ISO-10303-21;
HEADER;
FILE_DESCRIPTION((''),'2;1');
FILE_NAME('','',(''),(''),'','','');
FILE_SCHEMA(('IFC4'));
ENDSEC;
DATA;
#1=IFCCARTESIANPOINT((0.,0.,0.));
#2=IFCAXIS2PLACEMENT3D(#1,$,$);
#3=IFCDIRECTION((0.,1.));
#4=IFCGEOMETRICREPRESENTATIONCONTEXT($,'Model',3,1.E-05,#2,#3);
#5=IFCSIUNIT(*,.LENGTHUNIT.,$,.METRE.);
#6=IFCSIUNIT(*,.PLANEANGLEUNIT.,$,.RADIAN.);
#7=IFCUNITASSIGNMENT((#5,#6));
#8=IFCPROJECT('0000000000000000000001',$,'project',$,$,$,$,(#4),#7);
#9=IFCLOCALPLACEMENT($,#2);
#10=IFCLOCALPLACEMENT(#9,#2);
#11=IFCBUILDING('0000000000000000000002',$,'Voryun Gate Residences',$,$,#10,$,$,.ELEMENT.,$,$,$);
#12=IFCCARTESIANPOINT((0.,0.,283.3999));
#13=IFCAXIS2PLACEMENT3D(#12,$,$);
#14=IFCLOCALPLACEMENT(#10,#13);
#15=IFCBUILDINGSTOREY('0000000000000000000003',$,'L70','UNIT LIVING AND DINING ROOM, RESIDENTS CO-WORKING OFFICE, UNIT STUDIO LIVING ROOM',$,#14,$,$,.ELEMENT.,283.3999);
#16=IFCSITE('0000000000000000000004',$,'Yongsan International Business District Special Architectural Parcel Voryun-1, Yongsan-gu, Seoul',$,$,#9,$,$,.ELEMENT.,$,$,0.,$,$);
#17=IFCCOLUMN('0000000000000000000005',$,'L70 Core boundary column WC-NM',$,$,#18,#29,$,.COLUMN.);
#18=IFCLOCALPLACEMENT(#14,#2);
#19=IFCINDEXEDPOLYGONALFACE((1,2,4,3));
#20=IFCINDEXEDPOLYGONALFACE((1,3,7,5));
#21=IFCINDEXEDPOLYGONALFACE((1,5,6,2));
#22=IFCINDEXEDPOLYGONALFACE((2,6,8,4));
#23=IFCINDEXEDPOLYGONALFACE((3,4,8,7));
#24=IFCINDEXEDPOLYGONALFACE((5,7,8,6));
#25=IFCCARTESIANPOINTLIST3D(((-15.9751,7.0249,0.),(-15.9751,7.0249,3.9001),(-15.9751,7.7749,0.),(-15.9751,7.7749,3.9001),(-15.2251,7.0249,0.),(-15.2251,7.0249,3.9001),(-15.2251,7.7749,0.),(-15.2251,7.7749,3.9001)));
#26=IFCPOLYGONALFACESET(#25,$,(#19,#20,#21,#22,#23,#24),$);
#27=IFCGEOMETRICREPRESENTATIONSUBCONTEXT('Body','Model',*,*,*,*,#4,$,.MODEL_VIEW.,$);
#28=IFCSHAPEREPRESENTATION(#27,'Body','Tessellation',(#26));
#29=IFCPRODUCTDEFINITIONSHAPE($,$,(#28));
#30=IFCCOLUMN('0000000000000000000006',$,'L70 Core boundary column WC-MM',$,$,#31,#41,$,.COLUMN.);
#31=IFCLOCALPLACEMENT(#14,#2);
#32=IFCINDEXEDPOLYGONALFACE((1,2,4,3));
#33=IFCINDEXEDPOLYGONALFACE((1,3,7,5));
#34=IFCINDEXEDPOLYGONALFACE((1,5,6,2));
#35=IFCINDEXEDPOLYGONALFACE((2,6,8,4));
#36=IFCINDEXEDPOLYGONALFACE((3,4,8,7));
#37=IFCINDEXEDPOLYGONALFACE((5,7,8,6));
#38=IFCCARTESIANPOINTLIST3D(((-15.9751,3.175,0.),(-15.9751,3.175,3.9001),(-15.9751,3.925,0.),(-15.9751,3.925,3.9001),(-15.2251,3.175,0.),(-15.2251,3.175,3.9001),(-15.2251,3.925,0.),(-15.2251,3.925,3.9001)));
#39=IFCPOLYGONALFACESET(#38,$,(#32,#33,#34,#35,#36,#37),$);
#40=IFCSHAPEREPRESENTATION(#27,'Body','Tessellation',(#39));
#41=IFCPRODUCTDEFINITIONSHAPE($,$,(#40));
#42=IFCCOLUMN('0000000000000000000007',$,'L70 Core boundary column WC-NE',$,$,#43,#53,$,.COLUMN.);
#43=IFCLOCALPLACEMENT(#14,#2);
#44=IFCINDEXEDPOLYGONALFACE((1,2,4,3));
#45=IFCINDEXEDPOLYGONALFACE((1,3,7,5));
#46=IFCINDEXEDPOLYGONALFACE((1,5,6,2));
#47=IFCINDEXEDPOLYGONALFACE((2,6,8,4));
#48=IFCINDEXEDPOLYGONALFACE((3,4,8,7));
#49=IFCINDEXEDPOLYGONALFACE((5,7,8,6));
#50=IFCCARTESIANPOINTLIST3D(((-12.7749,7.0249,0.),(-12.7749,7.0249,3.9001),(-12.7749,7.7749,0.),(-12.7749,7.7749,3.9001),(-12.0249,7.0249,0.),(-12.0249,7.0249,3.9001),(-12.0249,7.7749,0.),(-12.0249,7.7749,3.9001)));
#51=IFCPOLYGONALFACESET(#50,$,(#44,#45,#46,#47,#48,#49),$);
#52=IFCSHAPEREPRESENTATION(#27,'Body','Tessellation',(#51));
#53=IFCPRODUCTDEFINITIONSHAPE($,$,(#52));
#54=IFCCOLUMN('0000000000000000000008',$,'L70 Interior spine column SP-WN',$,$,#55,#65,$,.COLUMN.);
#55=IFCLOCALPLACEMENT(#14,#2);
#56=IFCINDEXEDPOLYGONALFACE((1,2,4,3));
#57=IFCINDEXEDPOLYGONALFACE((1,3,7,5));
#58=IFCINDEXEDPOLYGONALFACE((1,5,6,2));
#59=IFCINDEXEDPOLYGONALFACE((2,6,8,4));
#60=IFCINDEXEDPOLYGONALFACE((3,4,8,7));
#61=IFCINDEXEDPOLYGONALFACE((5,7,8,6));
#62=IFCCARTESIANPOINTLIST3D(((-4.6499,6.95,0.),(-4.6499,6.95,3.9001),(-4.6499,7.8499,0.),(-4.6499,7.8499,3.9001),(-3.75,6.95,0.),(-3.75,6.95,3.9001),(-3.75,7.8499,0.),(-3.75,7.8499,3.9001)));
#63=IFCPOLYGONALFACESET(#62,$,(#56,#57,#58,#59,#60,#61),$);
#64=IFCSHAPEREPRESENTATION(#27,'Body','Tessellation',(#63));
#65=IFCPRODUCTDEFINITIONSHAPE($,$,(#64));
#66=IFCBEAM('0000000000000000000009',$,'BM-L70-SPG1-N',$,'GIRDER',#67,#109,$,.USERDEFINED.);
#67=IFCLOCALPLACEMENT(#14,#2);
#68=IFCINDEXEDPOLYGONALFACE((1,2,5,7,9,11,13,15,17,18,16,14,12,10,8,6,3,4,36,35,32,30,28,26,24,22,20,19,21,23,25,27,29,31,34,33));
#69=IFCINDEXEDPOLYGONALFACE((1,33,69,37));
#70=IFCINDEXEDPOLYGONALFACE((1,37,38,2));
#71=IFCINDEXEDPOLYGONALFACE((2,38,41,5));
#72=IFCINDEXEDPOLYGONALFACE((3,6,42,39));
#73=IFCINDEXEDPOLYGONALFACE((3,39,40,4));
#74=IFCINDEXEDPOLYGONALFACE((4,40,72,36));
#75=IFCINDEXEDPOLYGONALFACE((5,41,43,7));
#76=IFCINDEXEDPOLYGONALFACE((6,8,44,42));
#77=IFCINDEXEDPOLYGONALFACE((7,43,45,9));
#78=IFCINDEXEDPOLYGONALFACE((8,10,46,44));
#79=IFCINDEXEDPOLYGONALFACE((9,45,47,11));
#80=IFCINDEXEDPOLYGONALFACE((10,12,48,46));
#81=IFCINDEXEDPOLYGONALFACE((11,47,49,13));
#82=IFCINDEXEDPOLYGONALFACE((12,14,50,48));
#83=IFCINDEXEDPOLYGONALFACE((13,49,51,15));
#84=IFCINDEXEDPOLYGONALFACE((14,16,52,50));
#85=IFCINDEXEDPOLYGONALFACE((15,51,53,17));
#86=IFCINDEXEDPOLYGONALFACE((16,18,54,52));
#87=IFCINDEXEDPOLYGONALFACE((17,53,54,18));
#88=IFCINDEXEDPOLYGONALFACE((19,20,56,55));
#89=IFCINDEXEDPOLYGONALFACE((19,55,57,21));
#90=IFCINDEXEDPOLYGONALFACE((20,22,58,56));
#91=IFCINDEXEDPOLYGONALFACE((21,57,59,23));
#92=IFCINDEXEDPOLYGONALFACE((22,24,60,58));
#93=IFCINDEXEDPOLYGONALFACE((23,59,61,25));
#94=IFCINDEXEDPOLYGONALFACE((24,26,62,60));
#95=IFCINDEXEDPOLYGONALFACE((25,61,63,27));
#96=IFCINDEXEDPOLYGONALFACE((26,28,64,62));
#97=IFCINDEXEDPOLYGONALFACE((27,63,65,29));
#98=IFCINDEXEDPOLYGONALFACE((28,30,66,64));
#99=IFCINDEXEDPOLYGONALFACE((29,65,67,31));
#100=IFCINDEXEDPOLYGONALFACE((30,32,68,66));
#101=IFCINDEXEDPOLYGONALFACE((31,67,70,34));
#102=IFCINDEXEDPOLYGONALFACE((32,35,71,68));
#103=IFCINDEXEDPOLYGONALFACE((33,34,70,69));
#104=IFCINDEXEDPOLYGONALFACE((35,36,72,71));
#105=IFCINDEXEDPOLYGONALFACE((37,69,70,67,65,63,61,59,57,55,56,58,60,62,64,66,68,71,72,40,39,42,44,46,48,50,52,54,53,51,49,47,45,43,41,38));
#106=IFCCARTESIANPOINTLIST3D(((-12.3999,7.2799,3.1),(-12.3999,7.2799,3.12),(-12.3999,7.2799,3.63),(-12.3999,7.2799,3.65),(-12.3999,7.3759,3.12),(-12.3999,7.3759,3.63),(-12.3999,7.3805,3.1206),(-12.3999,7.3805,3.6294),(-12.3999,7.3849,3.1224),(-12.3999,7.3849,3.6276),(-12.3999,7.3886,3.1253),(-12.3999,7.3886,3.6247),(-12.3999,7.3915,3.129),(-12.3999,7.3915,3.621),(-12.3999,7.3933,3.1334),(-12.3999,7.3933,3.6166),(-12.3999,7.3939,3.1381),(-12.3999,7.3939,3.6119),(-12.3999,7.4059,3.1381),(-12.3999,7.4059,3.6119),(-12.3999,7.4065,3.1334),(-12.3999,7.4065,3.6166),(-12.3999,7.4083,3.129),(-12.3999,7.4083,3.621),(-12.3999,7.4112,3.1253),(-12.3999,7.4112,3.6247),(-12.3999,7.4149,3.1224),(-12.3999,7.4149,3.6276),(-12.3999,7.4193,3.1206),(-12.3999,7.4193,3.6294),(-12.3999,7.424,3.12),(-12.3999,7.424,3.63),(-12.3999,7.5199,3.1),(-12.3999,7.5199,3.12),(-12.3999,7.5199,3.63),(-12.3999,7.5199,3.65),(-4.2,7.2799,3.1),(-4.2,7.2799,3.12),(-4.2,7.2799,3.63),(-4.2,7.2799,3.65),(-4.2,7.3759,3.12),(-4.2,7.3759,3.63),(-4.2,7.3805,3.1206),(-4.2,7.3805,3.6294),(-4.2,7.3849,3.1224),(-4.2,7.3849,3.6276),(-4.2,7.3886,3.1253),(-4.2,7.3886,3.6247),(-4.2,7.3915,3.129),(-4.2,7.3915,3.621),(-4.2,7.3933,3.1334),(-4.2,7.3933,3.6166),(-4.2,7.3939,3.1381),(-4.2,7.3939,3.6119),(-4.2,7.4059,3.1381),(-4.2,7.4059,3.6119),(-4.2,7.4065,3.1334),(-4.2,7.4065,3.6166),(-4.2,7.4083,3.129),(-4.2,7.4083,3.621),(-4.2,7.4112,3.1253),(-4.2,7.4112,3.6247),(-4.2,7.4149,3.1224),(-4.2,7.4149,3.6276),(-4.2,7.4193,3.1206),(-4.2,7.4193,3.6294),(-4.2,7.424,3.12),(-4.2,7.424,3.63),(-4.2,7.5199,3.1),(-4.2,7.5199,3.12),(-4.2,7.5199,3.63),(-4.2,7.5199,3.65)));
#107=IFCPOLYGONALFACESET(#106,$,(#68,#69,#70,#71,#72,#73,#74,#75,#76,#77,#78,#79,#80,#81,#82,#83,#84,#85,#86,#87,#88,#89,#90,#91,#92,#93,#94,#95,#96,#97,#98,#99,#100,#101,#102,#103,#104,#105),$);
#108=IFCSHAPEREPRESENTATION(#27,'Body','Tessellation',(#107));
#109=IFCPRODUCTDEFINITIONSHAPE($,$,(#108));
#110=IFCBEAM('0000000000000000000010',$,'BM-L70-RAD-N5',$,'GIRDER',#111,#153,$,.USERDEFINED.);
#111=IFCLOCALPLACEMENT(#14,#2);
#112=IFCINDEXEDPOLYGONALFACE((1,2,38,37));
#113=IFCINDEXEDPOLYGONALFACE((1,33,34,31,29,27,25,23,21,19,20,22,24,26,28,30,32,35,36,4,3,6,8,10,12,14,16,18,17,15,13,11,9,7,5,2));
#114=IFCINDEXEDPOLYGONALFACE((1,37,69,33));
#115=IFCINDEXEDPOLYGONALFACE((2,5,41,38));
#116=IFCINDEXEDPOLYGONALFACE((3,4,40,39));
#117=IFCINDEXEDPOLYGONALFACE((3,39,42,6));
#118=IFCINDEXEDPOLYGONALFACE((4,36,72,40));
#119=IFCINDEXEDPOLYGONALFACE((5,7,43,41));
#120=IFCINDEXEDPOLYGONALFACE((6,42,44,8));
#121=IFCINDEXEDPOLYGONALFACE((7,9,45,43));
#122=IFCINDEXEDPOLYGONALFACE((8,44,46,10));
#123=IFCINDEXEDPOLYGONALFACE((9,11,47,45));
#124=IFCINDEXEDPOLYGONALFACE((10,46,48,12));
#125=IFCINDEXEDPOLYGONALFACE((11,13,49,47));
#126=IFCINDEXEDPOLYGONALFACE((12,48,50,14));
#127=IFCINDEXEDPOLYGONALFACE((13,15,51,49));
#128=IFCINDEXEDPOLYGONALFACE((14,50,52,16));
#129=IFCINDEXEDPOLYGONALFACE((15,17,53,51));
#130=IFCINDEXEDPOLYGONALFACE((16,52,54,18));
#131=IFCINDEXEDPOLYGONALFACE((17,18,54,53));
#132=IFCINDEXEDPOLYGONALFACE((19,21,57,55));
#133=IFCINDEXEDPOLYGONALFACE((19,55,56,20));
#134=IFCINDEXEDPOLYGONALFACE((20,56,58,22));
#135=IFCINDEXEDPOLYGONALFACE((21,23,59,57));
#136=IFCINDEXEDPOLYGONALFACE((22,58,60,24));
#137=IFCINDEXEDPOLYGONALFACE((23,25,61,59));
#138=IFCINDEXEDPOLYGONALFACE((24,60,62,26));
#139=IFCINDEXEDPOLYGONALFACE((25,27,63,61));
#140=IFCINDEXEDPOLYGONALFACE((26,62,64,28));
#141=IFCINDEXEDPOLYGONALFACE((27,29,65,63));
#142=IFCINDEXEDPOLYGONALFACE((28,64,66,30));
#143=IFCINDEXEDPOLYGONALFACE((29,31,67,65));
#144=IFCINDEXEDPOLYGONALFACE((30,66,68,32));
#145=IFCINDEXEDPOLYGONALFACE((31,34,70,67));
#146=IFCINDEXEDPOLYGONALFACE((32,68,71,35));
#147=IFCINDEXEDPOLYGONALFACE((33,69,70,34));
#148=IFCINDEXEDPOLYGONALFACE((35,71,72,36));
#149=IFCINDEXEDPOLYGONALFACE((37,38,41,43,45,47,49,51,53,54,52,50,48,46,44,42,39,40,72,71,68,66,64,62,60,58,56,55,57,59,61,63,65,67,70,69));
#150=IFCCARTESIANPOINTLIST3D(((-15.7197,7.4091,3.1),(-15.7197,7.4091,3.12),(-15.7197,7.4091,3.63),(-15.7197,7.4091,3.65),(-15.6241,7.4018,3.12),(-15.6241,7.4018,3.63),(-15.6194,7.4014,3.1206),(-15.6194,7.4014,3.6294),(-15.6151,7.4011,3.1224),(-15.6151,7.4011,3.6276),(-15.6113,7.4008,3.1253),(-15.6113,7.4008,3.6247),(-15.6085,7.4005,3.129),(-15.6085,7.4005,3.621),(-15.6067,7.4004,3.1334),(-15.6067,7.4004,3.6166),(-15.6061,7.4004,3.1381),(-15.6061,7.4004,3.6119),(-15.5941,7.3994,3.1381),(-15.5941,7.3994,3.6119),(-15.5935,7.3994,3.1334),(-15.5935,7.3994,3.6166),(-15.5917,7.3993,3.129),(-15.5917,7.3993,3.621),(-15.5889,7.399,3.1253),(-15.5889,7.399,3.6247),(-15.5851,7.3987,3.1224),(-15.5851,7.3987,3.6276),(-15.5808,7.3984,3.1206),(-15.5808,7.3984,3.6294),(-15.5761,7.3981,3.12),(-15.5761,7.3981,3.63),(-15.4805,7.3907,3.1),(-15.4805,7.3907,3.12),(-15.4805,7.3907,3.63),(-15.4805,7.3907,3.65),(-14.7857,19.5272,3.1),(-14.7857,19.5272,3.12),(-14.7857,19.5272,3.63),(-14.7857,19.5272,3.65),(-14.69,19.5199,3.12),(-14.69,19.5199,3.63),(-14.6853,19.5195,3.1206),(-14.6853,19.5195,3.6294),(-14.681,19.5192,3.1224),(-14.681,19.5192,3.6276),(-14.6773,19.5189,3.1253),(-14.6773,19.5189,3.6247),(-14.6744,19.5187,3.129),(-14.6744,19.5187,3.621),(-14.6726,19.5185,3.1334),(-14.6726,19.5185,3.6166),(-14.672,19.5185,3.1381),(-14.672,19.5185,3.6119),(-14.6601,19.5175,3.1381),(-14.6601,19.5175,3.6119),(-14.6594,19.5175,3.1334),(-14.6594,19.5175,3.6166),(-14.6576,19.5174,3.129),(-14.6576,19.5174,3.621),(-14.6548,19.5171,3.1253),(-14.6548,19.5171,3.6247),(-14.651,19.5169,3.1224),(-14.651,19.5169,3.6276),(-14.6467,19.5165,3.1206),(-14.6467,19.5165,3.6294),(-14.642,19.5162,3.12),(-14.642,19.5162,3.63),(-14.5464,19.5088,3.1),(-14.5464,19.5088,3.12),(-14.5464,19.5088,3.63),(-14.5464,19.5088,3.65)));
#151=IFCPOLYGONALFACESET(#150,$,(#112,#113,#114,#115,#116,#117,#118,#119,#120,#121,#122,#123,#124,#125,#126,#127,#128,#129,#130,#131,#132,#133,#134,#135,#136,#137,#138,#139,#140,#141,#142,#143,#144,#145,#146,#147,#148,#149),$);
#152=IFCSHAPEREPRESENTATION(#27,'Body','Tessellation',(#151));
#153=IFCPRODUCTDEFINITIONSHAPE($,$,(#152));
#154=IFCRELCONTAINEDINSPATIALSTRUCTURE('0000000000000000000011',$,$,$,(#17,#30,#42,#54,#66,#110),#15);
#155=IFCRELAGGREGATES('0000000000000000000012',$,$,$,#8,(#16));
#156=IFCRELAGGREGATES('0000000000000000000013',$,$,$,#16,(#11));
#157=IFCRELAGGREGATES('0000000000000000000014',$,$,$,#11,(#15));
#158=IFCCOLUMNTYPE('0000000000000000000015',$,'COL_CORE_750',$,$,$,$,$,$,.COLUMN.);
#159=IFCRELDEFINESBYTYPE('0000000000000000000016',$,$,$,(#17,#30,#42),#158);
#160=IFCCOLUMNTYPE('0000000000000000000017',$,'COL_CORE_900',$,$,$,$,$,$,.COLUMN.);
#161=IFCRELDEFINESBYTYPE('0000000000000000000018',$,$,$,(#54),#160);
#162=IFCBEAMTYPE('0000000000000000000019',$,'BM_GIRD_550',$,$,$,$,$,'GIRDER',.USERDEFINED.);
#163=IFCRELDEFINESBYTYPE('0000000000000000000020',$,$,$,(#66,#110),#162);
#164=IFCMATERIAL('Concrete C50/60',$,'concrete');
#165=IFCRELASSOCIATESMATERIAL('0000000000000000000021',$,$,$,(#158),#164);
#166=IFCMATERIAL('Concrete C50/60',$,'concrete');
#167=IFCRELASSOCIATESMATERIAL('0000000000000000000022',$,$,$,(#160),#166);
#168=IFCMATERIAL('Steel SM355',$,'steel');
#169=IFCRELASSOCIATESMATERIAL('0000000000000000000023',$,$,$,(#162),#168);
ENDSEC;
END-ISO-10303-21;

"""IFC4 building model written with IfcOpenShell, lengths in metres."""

from ifc_helpers import new_model, si_unit, direction, frame, origin, origin_2d, place, context, subcontext, project, spatial, rectangle, i_section, extrude, material, material_profile, profile_set, type_object, element, save


model = new_model("IFC4")

# Units and contexts
model_context = context("Model", 3, precision=1e-05, world=origin(), true_north=direction((0.0, 1.0)))
body_context = subcontext(model_context, "Body", "Model", "MODEL_VIEW")
ifc_project = project(units=[si_unit("LENGTHUNIT", "METRE"), si_unit("PLANEANGLEUNIT", "RADIAN")], contexts=[model_context])

# Site, building, storey
site_placement = place(None, origin())
site = spatial("IfcSite", under=ifc_project, at=site_placement, Name="Yongsan International Business District Special Architectural Parcel Voryun-1, Yongsan-gu, Seoul", CompositionType="ELEMENT", RefElevation=0.0)
building_placement = place(site_placement, origin())
building = spatial("IfcBuilding", under=site, at=building_placement, Name="Voryun Gate Residences", CompositionType="ELEMENT")
storey_placement = place(building_placement, frame((0.0, 0.0, 283.3999)))
storey = spatial("IfcBuildingStorey", under=building, at=storey_placement, Name="L70", Description="UNIT LIVING AND DINING ROOM, RESIDENTS CO-WORKING OFFICE, UNIT STUDIO LIVING ROOM", CompositionType="ELEMENT", Elevation=283.3999)

# Columns
ifc_material_1 = material(Name="Concrete C50/60", Category="concrete")
ifc_material_profile_1 = material_profile(ifc_material_1, rectangle(XDim=0.75, YDim=0.75, at=origin_2d()), Name="RC-750x750")
ifc_profile_set_1 = profile_set([ifc_material_profile_1], Name="Concrete C50/60")
column_type_1 = type_object("IfcColumnType", Name="COL_CORE_750", PredefinedType="COLUMN", material=ifc_profile_set_1)
for number, where, z_axis, x_axis, name in (
    (1, (-15.6001, 7.3999, 0.0), (0.0, 0.0, 1.0), (1.0, 0.0, 0.0), "L70 Core boundary column WC-NM"),
    (2, (-15.6001, 3.55, 0.0), (0.0, 0.0, 1.0), (1.0, 0.0, 0.0), "L70 Core boundary column WC-MM"),
    (3, (-12.3999, 7.3999, 0.0), (0.0, 0.0, 1.0), (1.0, 0.0, 0.0), "L70 Core boundary column WC-NE"),
):
    element("IfcColumn", number, at=place(storey_placement, frame(where, z_axis=z_axis, x_axis=x_axis)), inside=storey, type_object=column_type_1, Name=name, PredefinedType="COLUMN", context=body_context, shape_type="SweptSolid", body=[
        extrude(rectangle(XDim=0.75, YDim=0.75, at=origin_2d()), origin(), (0.0, 0.0, 1.0), 3.9001),
    ])
ifc_material_2 = material(Name="Concrete C50/60", Category="concrete")
ifc_material_profile_2 = material_profile(ifc_material_2, rectangle(XDim=0.8999, YDim=0.8999, at=origin_2d()), Name="RC-900x900")
ifc_profile_set_2 = profile_set([ifc_material_profile_2], Name="Concrete C50/60")
column_type_2 = type_object("IfcColumnType", Name="COL_CORE_900", PredefinedType="COLUMN", material=ifc_profile_set_2)
column_placement = place(storey_placement, frame((-4.2, 7.3999, 0.0), z_axis=(0.0, 0.0, 1.0), x_axis=(1.0, 0.0, 0.0)))
element("IfcColumn", 4, at=column_placement, inside=storey, type_object=column_type_2, Name="L70 Interior spine column SP-WN", PredefinedType="COLUMN", context=body_context, shape_type="SweptSolid", body=[
    extrude(rectangle(XDim=0.8999, YDim=0.8999, at=origin_2d()), origin(), (0.0, 0.0, 1.0), 3.9001),
])

# Beams
ifc_material_3 = material(Name="Steel SM355", Category="steel")
ifc_material_profile_3 = material_profile(ifc_material_3, i_section(OverallWidth=0.24, OverallDepth=0.55, WebThickness=0.012, FlangeThickness=0.02, FilletRadius=0.0181, at=origin_2d()), Name="H-550x240x12x20")
ifc_profile_set_3 = profile_set([ifc_material_profile_3], Name="Steel SM355")
beam_type_1 = type_object("IfcBeamType", Name="BM_GIRD_550", ElementType="GIRDER", PredefinedType="USERDEFINED", material=ifc_profile_set_3)
beam_1_placement = place(storey_placement, frame((-12.3999, 7.3999, 3.375), z_axis=(1.0, 0.0, 0.0), x_axis=(0.0, 1.0, 0.0)))
element("IfcBeam", 5, at=beam_1_placement, inside=storey, type_object=beam_type_1, Name="BM-L70-SPG1-N", ObjectType="GIRDER", PredefinedType="USERDEFINED", context=body_context, shape_type="SweptSolid", body=[
    extrude(i_section(OverallWidth=0.24, OverallDepth=0.55, WebThickness=0.012, FlangeThickness=0.02, FilletRadius=0.0181, at=origin_2d()), origin(), (0.0, 0.0, 1.0), 8.2),
])
beam_2_placement = place(storey_placement, frame((-15.6001, 7.3999, 3.375), z_axis=(0.076853, 0.997042, 0.0), x_axis=(-0.997042, 0.076853, 0.0)))
element("IfcBeam", 6, at=beam_2_placement, inside=storey, type_object=beam_type_1, Name="BM-L70-RAD-N5", ObjectType="GIRDER", PredefinedType="USERDEFINED", context=body_context, shape_type="SweptSolid", body=[
    extrude(i_section(OverallWidth=0.24, OverallDepth=0.55, WebThickness=0.012, FlangeThickness=0.02, FilletRadius=0.0181, at=origin_2d()), origin(), (0.0, 0.0, 1.0), 12.1541),
])

save(model, "model.ifc")
